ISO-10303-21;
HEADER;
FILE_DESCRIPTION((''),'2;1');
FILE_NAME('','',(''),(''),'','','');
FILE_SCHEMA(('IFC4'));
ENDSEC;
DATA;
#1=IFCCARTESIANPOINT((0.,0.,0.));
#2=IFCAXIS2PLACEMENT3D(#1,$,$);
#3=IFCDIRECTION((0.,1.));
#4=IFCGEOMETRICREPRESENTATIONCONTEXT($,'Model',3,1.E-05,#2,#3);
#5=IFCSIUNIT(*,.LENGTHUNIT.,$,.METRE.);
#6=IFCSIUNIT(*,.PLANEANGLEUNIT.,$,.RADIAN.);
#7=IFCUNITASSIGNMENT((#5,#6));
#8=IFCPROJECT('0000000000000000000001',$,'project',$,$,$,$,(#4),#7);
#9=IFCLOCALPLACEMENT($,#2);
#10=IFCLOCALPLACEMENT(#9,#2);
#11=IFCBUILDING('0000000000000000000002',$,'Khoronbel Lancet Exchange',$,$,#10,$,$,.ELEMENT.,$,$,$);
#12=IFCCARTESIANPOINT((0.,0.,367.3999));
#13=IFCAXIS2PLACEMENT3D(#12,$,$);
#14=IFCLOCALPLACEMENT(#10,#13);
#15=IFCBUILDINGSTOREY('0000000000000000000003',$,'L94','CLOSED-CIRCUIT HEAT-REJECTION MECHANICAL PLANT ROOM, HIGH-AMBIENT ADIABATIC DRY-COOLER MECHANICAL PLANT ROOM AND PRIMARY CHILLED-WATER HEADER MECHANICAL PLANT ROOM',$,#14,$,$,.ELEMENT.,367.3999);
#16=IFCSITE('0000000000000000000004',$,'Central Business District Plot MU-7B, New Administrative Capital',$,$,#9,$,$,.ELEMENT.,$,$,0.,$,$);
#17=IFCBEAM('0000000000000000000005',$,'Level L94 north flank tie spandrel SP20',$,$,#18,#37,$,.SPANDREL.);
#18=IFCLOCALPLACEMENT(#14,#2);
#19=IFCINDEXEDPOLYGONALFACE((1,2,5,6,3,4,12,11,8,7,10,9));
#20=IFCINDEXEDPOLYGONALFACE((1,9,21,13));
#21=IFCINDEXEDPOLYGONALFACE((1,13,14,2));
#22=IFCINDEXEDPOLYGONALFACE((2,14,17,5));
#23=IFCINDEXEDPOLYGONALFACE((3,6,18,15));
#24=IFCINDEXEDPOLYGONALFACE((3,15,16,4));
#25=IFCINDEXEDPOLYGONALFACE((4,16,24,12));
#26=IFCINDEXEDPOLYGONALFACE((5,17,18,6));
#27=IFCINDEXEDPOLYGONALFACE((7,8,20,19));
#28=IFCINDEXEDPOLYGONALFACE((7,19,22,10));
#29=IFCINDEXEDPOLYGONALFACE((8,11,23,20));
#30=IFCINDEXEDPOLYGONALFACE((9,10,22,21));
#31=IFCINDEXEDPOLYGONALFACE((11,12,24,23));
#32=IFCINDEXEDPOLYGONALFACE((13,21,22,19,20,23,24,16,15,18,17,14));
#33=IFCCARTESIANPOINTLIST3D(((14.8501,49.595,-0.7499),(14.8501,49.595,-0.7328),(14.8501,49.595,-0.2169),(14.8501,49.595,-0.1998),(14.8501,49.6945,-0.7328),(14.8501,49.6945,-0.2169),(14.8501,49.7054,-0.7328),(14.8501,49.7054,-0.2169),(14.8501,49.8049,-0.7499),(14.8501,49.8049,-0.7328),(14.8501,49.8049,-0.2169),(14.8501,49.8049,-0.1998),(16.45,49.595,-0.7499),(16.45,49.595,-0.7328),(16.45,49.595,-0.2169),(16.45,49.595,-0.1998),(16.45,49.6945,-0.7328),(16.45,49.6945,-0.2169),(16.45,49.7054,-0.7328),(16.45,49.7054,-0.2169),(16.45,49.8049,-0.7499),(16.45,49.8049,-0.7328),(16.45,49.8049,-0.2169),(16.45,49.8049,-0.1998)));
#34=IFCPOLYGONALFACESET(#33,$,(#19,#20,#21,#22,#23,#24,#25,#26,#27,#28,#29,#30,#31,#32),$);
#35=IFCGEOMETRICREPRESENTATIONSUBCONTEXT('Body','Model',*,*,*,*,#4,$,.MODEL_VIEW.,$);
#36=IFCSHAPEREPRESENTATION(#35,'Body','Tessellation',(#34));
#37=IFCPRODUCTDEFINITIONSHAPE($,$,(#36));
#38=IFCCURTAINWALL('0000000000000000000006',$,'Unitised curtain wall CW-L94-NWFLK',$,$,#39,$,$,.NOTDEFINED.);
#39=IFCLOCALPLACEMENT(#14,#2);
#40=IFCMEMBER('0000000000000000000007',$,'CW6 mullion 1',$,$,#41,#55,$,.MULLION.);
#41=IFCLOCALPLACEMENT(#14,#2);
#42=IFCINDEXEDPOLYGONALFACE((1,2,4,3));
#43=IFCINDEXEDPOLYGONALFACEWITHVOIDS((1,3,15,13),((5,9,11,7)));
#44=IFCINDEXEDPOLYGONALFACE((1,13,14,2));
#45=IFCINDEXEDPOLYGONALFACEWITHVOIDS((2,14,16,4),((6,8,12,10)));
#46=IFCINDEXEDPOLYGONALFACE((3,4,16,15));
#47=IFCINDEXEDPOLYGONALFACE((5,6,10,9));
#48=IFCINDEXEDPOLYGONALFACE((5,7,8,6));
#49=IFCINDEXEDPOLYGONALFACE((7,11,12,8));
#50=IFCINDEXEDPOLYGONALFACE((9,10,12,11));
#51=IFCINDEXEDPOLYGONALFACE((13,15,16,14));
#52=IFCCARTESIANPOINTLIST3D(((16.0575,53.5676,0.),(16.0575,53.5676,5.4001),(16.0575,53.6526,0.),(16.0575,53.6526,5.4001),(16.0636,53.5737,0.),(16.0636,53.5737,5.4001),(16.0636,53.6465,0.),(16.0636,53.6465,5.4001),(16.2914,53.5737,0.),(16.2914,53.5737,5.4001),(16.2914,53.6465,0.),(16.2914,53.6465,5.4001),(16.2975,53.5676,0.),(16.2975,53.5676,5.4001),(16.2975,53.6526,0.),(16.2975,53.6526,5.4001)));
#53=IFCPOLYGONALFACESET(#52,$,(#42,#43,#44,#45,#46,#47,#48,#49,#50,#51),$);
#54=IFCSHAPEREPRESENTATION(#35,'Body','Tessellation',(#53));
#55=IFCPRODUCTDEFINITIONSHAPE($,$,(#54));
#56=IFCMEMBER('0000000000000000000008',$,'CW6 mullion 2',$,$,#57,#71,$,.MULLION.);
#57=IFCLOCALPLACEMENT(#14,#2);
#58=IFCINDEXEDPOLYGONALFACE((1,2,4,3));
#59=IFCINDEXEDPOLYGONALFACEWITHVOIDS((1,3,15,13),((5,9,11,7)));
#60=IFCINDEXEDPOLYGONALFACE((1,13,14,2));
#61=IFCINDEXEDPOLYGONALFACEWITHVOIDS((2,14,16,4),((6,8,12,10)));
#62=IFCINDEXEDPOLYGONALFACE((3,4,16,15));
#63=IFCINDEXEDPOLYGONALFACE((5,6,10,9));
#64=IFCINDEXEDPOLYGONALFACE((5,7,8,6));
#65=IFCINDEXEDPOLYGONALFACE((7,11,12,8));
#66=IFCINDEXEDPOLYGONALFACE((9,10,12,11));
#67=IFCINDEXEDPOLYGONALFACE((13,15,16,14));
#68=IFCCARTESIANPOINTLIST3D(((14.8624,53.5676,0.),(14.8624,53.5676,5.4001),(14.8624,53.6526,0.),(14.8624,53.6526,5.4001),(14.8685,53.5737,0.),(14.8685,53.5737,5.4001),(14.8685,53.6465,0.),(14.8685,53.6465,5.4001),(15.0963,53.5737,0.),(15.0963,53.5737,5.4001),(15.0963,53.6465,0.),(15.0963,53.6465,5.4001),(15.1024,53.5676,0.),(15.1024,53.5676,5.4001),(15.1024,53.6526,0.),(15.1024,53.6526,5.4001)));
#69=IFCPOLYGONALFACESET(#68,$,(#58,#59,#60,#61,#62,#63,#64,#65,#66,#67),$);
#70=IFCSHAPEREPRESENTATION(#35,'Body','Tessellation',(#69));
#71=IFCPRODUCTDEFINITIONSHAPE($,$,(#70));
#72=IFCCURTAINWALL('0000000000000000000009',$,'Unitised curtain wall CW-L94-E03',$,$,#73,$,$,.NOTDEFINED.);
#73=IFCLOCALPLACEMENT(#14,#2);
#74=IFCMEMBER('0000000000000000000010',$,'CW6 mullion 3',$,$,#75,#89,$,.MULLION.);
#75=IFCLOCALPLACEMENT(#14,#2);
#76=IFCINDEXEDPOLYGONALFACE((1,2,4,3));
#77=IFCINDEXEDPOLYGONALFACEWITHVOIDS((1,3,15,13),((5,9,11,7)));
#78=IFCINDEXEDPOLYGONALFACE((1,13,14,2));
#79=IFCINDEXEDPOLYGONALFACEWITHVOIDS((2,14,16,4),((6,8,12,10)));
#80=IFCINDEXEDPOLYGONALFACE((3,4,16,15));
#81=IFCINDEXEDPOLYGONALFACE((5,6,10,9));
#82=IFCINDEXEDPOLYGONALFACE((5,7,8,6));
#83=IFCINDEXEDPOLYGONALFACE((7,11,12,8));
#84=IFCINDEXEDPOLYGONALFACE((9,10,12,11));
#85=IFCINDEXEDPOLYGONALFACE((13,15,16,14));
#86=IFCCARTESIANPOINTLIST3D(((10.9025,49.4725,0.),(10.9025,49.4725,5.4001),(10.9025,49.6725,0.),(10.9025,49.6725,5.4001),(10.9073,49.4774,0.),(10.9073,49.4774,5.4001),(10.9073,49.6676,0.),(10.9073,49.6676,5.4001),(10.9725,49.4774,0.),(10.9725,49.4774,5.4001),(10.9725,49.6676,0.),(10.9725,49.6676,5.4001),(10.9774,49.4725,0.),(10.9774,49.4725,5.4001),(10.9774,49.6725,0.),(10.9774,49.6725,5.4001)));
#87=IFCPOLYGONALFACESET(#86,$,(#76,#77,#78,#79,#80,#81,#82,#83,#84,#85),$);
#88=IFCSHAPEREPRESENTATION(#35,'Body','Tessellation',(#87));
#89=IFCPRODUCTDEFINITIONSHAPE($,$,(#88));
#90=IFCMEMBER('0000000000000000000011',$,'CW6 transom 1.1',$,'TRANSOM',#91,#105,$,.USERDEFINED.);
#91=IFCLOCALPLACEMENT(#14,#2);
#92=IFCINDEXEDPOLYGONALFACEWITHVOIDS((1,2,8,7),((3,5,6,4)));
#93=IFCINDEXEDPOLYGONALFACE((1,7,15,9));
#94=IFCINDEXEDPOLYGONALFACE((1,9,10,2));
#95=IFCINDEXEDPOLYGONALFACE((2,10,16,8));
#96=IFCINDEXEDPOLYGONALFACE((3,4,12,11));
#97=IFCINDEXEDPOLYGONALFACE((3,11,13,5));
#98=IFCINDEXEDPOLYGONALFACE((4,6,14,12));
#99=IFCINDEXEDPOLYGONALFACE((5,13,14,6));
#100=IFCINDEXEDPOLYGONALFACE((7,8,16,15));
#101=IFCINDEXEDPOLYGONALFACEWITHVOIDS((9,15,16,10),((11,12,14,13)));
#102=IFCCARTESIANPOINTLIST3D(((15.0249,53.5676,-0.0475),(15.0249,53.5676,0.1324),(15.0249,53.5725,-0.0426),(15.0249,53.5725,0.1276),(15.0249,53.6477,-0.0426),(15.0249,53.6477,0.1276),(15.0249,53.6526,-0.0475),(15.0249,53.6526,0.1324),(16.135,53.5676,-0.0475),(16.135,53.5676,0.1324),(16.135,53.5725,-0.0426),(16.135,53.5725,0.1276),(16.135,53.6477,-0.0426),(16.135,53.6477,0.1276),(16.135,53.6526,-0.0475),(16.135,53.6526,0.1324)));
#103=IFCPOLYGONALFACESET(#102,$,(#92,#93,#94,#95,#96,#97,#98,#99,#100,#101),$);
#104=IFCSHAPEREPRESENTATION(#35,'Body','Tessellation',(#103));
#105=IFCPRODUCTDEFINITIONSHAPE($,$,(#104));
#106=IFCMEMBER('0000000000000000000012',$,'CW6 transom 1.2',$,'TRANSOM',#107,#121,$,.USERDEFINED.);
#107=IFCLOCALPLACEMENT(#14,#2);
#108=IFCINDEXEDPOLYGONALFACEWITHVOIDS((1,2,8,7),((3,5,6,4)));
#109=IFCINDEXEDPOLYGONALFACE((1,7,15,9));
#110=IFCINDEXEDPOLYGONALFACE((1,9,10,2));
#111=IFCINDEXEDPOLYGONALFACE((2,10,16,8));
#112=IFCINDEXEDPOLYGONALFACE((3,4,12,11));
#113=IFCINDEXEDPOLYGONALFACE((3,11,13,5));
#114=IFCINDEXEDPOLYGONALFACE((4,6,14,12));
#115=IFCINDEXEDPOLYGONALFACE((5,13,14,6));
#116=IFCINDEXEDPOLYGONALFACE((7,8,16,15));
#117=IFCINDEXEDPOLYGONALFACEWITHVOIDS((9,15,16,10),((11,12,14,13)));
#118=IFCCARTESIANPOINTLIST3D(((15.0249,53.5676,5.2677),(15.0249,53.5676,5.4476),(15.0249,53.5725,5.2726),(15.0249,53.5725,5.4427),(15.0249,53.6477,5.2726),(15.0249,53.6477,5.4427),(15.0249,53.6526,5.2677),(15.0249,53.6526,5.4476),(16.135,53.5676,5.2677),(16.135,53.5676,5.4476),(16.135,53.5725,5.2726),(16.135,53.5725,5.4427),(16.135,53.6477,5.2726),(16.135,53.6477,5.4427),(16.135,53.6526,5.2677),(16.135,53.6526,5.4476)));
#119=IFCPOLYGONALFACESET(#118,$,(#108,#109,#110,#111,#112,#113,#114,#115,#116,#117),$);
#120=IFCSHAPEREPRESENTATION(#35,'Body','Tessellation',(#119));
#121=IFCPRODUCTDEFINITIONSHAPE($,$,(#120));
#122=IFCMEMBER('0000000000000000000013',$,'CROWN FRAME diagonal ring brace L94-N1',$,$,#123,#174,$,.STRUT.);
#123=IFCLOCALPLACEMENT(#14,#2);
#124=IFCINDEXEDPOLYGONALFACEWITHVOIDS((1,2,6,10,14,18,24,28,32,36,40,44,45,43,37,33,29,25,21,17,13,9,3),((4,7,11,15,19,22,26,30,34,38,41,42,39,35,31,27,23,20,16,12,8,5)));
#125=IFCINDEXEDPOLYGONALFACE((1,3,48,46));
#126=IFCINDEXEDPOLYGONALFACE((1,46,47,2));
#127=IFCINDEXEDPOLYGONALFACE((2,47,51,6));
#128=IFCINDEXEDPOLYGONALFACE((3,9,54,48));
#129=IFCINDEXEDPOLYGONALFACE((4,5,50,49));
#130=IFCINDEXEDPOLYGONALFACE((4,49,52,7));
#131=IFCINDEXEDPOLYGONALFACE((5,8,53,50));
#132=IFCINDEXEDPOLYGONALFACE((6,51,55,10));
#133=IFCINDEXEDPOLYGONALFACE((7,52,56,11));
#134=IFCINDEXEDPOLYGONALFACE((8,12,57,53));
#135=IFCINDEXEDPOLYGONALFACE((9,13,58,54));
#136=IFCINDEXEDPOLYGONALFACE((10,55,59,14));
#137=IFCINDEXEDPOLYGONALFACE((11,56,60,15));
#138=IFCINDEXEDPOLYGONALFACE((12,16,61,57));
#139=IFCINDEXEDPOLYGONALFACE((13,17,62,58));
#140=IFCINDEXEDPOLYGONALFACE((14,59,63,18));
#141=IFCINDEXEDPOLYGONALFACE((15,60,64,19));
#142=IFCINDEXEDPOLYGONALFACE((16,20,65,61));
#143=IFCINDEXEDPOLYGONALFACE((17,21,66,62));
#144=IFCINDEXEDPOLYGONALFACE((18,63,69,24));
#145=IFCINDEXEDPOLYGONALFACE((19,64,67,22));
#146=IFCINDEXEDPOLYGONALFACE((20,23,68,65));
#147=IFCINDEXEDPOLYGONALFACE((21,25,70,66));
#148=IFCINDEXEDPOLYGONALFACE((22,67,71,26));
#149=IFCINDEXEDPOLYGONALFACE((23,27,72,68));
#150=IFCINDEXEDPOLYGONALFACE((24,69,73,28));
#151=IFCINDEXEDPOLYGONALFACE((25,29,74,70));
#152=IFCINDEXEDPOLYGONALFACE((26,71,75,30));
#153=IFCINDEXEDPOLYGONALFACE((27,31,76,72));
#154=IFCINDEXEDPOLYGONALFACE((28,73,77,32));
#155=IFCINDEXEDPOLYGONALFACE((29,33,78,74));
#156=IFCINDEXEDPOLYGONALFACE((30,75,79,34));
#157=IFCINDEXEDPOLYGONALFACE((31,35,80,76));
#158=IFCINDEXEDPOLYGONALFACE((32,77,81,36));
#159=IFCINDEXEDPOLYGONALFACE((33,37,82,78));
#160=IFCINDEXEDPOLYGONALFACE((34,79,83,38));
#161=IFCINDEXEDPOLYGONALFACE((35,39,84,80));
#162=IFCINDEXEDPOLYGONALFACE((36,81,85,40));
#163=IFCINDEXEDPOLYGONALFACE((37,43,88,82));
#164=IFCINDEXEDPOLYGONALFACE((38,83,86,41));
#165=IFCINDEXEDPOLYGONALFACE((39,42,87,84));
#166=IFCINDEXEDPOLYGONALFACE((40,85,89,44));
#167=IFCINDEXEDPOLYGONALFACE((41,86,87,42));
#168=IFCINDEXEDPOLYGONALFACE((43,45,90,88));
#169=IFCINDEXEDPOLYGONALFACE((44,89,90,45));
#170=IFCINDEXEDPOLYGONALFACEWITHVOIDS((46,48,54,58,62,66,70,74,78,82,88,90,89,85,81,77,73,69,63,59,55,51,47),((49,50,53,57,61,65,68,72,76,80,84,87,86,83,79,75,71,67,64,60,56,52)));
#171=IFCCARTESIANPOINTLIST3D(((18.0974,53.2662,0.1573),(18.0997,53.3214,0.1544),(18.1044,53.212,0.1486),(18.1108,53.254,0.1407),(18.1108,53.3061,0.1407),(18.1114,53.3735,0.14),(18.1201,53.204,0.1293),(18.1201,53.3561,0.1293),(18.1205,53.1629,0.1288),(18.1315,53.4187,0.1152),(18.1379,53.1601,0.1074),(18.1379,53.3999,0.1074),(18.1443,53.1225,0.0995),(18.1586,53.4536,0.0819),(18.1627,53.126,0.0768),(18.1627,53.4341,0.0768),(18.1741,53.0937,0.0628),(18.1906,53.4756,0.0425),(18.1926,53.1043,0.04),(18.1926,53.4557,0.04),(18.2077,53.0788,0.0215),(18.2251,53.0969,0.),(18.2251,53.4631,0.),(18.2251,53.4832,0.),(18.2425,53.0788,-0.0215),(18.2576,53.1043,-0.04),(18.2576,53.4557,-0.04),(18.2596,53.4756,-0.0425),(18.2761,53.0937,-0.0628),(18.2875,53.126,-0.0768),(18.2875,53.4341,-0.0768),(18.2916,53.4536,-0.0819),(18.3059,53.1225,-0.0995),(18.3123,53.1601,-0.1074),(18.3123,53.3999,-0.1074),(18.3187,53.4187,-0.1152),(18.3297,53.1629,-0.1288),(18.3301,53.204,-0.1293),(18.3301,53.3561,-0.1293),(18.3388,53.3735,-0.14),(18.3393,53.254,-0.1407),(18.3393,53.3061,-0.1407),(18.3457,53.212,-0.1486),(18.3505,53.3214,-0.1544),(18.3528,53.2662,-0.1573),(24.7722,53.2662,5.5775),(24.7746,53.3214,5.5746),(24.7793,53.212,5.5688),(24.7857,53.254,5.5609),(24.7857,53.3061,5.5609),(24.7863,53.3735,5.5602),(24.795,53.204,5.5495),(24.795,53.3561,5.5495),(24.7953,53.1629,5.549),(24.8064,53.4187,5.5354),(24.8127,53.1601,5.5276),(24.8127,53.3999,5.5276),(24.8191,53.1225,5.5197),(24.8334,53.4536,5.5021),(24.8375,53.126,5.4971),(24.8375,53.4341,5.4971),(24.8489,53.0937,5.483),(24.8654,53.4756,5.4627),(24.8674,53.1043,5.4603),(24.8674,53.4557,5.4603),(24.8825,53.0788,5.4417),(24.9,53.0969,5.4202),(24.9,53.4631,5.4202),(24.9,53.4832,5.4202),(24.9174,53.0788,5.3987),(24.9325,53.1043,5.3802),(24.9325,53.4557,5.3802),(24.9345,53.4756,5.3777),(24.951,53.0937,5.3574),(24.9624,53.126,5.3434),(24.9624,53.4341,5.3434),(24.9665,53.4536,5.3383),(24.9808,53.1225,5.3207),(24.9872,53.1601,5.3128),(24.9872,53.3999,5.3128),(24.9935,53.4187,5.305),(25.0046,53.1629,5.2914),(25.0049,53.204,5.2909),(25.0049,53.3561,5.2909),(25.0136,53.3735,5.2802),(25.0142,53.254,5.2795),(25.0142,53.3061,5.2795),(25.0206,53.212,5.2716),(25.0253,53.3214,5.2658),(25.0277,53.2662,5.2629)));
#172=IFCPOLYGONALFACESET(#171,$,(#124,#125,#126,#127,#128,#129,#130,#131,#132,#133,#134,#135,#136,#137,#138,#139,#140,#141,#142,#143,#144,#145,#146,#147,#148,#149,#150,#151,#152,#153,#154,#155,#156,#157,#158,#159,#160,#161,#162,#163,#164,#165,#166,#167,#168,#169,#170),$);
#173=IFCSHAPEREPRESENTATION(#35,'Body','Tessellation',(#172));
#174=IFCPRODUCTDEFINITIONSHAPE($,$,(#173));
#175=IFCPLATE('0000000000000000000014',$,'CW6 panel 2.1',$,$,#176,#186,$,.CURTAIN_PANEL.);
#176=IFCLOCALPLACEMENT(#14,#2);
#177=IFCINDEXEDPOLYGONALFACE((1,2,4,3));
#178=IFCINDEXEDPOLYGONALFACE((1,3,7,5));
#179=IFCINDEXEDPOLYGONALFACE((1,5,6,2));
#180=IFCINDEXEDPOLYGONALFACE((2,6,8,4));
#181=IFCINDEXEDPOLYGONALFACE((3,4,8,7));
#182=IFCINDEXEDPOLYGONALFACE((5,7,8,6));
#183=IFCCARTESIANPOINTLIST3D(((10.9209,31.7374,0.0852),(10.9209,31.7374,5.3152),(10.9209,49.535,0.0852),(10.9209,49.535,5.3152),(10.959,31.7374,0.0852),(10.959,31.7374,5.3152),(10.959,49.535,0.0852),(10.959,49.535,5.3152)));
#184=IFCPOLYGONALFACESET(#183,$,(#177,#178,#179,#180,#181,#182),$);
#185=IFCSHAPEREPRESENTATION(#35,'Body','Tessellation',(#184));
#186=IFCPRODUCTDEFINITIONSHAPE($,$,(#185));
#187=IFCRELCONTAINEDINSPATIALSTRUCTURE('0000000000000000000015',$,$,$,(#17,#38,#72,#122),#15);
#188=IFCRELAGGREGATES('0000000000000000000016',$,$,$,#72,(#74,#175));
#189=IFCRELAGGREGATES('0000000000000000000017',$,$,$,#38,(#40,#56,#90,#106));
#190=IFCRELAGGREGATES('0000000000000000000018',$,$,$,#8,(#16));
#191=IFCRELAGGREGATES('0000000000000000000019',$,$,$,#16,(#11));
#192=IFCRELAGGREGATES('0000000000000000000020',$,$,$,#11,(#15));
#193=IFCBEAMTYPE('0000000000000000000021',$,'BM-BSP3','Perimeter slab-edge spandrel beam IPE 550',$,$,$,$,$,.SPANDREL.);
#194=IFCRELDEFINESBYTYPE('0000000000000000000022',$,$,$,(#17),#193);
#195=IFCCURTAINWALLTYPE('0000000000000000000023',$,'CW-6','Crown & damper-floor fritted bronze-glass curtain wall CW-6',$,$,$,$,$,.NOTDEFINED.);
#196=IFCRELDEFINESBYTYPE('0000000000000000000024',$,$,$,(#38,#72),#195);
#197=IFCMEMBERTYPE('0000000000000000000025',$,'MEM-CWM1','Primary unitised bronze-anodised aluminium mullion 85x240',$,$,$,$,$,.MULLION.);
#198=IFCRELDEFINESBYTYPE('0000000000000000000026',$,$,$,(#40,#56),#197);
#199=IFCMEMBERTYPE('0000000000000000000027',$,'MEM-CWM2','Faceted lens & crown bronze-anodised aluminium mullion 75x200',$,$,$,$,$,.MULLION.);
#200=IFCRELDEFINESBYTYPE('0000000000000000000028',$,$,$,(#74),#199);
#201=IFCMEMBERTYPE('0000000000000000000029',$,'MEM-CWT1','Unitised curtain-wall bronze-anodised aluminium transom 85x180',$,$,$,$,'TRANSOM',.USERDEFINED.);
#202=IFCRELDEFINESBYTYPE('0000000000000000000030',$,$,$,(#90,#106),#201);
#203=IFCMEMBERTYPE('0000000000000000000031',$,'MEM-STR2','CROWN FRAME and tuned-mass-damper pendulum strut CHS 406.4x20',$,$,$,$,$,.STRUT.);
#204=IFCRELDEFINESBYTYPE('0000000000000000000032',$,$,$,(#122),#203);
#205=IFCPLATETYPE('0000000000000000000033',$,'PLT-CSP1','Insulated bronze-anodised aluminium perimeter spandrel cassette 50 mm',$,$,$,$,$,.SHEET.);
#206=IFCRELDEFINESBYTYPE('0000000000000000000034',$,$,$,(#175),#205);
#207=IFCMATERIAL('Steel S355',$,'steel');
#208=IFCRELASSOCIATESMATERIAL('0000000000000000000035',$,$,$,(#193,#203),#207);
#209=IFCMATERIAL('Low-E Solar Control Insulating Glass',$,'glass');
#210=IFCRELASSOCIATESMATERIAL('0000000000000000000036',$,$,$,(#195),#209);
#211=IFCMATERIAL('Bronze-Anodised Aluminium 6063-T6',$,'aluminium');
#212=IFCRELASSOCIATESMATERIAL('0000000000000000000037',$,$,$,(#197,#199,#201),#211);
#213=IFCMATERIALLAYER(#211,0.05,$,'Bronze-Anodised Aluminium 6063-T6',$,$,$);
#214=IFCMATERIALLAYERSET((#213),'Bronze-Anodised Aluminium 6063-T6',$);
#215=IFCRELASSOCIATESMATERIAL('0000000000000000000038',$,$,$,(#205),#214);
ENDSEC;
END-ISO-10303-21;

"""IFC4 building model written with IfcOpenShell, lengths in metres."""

from ifc_helpers import new_model, si_unit, direction, frame, origin, origin_2d, place, context, subcontext, project, spatial, rectangle, hollow_rectangle, hollow_circle, i_section, extrude, material, layer, layer_set, material_profile, profile_set, type_object, element, aggregate, save


model = new_model("IFC4")

# Units and contexts
model_context = context("Model", 3, precision=1e-05, world=origin(), true_north=direction((0.0, 1.0)))
body_context = subcontext(model_context, "Body", "Model", "MODEL_VIEW")
ifc_project = project(units=[si_unit("LENGTHUNIT", "METRE"), si_unit("PLANEANGLEUNIT", "RADIAN")], contexts=[model_context])

# Site, building, storey
site_placement = place(None, origin())
site = spatial("IfcSite", under=ifc_project, at=site_placement, Name="Central Business District Plot MU-7B, New Administrative Capital", CompositionType="ELEMENT", RefElevation=0.0)
building_placement = place(site_placement, origin())
building = spatial("IfcBuilding", under=site, at=building_placement, Name="Khoronbel Lancet Exchange", CompositionType="ELEMENT")
storey_placement = place(building_placement, frame((0.0, 0.0, 367.3999)))
storey = spatial("IfcBuildingStorey", under=building, at=storey_placement, Name="L94", Description="CLOSED-CIRCUIT HEAT-REJECTION MECHANICAL PLANT ROOM, HIGH-AMBIENT ADIABATIC DRY-COOLER MECHANICAL PLANT ROOM AND PRIMARY CHILLED-WATER HEADER MECHANICAL PLANT ROOM", CompositionType="ELEMENT", Elevation=367.3999)

# Shared definitions
ifc_material_1 = material(Name="Steel S355", Category="steel")

# Beam
ifc_material_profile_1 = material_profile(ifc_material_1, i_section(OverallWidth=0.21, OverallDepth=0.55, WebThickness=0.011, FlangeThickness=0.0171, at=origin_2d()), Name="IPE 550")
ifc_profile_set_1 = profile_set([ifc_material_profile_1], Name="Steel S355")
beam_type_1 = type_object("IfcBeamType", Name="BM-BSP3", Description="Perimeter slab-edge spandrel beam IPE 550", PredefinedType="SPANDREL", material=ifc_profile_set_1)
beam_1_placement = place(storey_placement, frame((14.8501, 49.7, -0.4749), z_axis=(1.0, 0.0, 0.0), x_axis=(0.0, 1.0, 0.0)))
element("IfcBeam", 1, at=beam_1_placement, inside=storey, type_object=beam_type_1, Name="Level L94 north flank tie spandrel SP20", PredefinedType="SPANDREL", context=body_context, shape_type="SweptSolid", body=[
    extrude(i_section(OverallWidth=0.21, OverallDepth=0.55, WebThickness=0.011, FlangeThickness=0.0171, at=origin_2d()), origin(), (0.0, 0.0, 1.0), 1.5999),
])

# Curtain wall, members
ifc_material_2 = material(Name="Low-E Solar Control Insulating Glass", Category="glass")
curtain_wall_type = type_object("IfcCurtainWallType", Name="CW-6", Description="Crown & damper-floor fritted bronze-glass curtain wall CW-6", PredefinedType="NOTDEFINED", material=ifc_material_2)
curtain_wall_1_placement = place(storey_placement, origin())
curtain_wall_1 = element("IfcCurtainWall", 2, at=curtain_wall_1_placement, inside=storey, type_object=curtain_wall_type, Name="Unitised curtain wall CW-L94-NWFLK", PredefinedType="NOTDEFINED")
ifc_material_3 = material(Name="Bronze-Anodised Aluminium 6063-T6", Category="aluminium")
ifc_material_profile_2 = material_profile(ifc_material_3, hollow_rectangle(XDim=0.085, YDim=0.24, WallThickness=0.0061, at=origin_2d()), Name="ALU MULLION 85x240")
ifc_profile_set_2 = profile_set([ifc_material_profile_2], Name="Bronze-Anodised Aluminium 6063-T6")
member_type_1 = type_object("IfcMemberType", Name="MEM-CWM1", Description="Primary unitised bronze-anodised aluminium mullion 85x240", PredefinedType="MULLION", material=ifc_profile_set_2)
member_1_placement = place(storey_placement, frame((16.1775, 53.6101, 0.0), z_axis=(0.0, 0.0, 1.0), x_axis=(0.0, -1.0, 0.0)))
member_1 = element("IfcMember", 3, at=member_1_placement, type_object=member_type_1, Name="CW6 mullion 1", PredefinedType="MULLION", context=body_context, shape_type="SweptSolid", body=[
    extrude(hollow_rectangle(XDim=0.085, YDim=0.24, WallThickness=0.0061, at=origin_2d()), origin(), (0.0, 0.0, 1.0), 5.4001),
])
member_2_placement = place(storey_placement, frame((14.9824, 53.6101, 0.0), z_axis=(0.0, 0.0, 1.0), x_axis=(0.0, -1.0, 0.0)))
member_2 = element("IfcMember", 4, at=member_2_placement, type_object=member_type_1, Name="CW6 mullion 2", PredefinedType="MULLION", context=body_context, shape_type="SweptSolid", body=[
    extrude(hollow_rectangle(XDim=0.085, YDim=0.24, WallThickness=0.0061, at=origin_2d()), origin(), (0.0, 0.0, 1.0), 5.4001),
])

# Curtain wall, member
curtain_wall_2_placement = place(storey_placement, origin())
curtain_wall_2 = element("IfcCurtainWall", 5, at=curtain_wall_2_placement, inside=storey, type_object=curtain_wall_type, Name="Unitised curtain wall CW-L94-E03", PredefinedType="NOTDEFINED")
ifc_material_profile_3 = material_profile(ifc_material_3, hollow_rectangle(XDim=0.075, YDim=0.2, WallThickness=0.0049, at=origin_2d()), Name="ALU MULLION 75x200")
ifc_profile_set_3 = profile_set([ifc_material_profile_3], Name="Bronze-Anodised Aluminium 6063-T6")
member_type_2 = type_object("IfcMemberType", Name="MEM-CWM2", Description="Faceted lens & crown bronze-anodised aluminium mullion 75x200", PredefinedType="MULLION", material=ifc_profile_set_3)
member_3_placement = place(storey_placement, frame((10.9399, 49.5725, 0.0), z_axis=(0.0, 0.0, 1.0), x_axis=(-1.0, 0.0, 0.0)))
member_3 = element("IfcMember", 6, at=member_3_placement, type_object=member_type_2, Name="CW6 mullion 3", PredefinedType="MULLION", context=body_context, shape_type="SweptSolid", body=[
    extrude(hollow_rectangle(XDim=0.075, YDim=0.2, WallThickness=0.0049, at=origin_2d()), origin(), (0.0, 0.0, 1.0), 5.4001),
])

# Members
ifc_material_profile_4 = material_profile(ifc_material_3, hollow_rectangle(XDim=0.085, YDim=0.1799, WallThickness=0.0049, at=origin_2d()), Name="ALU TRANSOM 85x180")
ifc_profile_set_4 = profile_set([ifc_material_profile_4], Name="Bronze-Anodised Aluminium 6063-T6")
member_type_3 = type_object("IfcMemberType", Name="MEM-CWT1", Description="Unitised curtain-wall bronze-anodised aluminium transom 85x180", ElementType="TRANSOM", PredefinedType="USERDEFINED", material=ifc_profile_set_4)
member_4_placement = place(storey_placement, frame((16.135, 53.6101, 0.0425), z_axis=(-1.0, 0.0, 0.0), x_axis=(0.0, -1.0, 0.0)))
member_4 = element("IfcMember", 7, at=member_4_placement, type_object=member_type_3, Name="CW6 transom 1.1", ObjectType="TRANSOM", PredefinedType="USERDEFINED", context=body_context, shape_type="SweptSolid", body=[
    extrude(hollow_rectangle(XDim=0.085, YDim=0.1799, WallThickness=0.0049, at=origin_2d()), origin(), (0.0, 0.0, 1.0), 1.1101),
])
member_5_placement = place(storey_placement, frame((16.135, 53.6101, 5.3577), z_axis=(-1.0, 0.0, 0.0), x_axis=(0.0, -1.0, 0.0)))
member_5 = element("IfcMember", 8, at=member_5_placement, type_object=member_type_3, Name="CW6 transom 1.2", ObjectType="TRANSOM", PredefinedType="USERDEFINED", context=body_context, shape_type="SweptSolid", body=[
    extrude(hollow_rectangle(XDim=0.085, YDim=0.1799, WallThickness=0.0049, at=origin_2d()), origin(), (0.0, 0.0, 1.0), 1.1101),
])
ifc_material_profile_5 = material_profile(ifc_material_1, hollow_circle(Radius=0.2031, WallThickness=0.02, at=origin_2d()), Name="CHS 406.4x20")
ifc_profile_set_5 = profile_set([ifc_material_profile_5], Name="Steel S355")
member_type_4 = type_object("IfcMemberType", Name="MEM-STR2", Description="CROWN FRAME and tuned-mass-damper pendulum strut CHS 406.4x20", PredefinedType="STRUT", material=ifc_profile_set_5)
member_6_placement = place(storey_placement, frame((18.2251, 53.28, 0.0), z_axis=(0.776291, 0.0, 0.630375), x_axis=(0.0, 1.0, 0.0)))
element("IfcMember", 9, at=member_6_placement, inside=storey, type_object=member_type_4, Name="CROWN FRAME diagonal ring brace L94-N1", PredefinedType="STRUT", context=body_context, shape_type="SweptSolid", body=[
    extrude(hollow_circle(Radius=0.2031, WallThickness=0.02, at=origin_2d()), origin(), (0.0, 0.0, 1.0), 8.5984),
])

# Plate
ifc_layer_1 = layer(ifc_material_3, 0.05, Name="Bronze-Anodised Aluminium 6063-T6")
ifc_layer_set_1 = layer_set([ifc_layer_1], Name="Bronze-Anodised Aluminium 6063-T6")
plate_type_1 = type_object("IfcPlateType", Name="PLT-CSP1", Description="Insulated bronze-anodised aluminium perimeter spandrel cassette 50 mm", PredefinedType="SHEET", material=ifc_layer_set_1)
plate_1_placement = place(storey_placement, frame((10.9399, 40.6362, 0.0852), z_axis=(0.0, 0.0, 1.0), x_axis=(0.0, 1.0, 0.0)))
plate_1 = element("IfcPlate", 10, at=plate_1_placement, type_object=plate_type_1, Name="CW6 panel 2.1", PredefinedType="CURTAIN_PANEL", context=body_context, shape_type="SweptSolid", body=[
    extrude(rectangle(XDim=17.7976, YDim=0.0381, at=origin_2d()), origin(), (0.0, 0.0, 1.0), 5.23),
])
aggregate(curtain_wall_2, [member_3, plate_1])
aggregate(curtain_wall_1, [member_1, member_2, member_4, member_5])

save(model, "model.ifc")
